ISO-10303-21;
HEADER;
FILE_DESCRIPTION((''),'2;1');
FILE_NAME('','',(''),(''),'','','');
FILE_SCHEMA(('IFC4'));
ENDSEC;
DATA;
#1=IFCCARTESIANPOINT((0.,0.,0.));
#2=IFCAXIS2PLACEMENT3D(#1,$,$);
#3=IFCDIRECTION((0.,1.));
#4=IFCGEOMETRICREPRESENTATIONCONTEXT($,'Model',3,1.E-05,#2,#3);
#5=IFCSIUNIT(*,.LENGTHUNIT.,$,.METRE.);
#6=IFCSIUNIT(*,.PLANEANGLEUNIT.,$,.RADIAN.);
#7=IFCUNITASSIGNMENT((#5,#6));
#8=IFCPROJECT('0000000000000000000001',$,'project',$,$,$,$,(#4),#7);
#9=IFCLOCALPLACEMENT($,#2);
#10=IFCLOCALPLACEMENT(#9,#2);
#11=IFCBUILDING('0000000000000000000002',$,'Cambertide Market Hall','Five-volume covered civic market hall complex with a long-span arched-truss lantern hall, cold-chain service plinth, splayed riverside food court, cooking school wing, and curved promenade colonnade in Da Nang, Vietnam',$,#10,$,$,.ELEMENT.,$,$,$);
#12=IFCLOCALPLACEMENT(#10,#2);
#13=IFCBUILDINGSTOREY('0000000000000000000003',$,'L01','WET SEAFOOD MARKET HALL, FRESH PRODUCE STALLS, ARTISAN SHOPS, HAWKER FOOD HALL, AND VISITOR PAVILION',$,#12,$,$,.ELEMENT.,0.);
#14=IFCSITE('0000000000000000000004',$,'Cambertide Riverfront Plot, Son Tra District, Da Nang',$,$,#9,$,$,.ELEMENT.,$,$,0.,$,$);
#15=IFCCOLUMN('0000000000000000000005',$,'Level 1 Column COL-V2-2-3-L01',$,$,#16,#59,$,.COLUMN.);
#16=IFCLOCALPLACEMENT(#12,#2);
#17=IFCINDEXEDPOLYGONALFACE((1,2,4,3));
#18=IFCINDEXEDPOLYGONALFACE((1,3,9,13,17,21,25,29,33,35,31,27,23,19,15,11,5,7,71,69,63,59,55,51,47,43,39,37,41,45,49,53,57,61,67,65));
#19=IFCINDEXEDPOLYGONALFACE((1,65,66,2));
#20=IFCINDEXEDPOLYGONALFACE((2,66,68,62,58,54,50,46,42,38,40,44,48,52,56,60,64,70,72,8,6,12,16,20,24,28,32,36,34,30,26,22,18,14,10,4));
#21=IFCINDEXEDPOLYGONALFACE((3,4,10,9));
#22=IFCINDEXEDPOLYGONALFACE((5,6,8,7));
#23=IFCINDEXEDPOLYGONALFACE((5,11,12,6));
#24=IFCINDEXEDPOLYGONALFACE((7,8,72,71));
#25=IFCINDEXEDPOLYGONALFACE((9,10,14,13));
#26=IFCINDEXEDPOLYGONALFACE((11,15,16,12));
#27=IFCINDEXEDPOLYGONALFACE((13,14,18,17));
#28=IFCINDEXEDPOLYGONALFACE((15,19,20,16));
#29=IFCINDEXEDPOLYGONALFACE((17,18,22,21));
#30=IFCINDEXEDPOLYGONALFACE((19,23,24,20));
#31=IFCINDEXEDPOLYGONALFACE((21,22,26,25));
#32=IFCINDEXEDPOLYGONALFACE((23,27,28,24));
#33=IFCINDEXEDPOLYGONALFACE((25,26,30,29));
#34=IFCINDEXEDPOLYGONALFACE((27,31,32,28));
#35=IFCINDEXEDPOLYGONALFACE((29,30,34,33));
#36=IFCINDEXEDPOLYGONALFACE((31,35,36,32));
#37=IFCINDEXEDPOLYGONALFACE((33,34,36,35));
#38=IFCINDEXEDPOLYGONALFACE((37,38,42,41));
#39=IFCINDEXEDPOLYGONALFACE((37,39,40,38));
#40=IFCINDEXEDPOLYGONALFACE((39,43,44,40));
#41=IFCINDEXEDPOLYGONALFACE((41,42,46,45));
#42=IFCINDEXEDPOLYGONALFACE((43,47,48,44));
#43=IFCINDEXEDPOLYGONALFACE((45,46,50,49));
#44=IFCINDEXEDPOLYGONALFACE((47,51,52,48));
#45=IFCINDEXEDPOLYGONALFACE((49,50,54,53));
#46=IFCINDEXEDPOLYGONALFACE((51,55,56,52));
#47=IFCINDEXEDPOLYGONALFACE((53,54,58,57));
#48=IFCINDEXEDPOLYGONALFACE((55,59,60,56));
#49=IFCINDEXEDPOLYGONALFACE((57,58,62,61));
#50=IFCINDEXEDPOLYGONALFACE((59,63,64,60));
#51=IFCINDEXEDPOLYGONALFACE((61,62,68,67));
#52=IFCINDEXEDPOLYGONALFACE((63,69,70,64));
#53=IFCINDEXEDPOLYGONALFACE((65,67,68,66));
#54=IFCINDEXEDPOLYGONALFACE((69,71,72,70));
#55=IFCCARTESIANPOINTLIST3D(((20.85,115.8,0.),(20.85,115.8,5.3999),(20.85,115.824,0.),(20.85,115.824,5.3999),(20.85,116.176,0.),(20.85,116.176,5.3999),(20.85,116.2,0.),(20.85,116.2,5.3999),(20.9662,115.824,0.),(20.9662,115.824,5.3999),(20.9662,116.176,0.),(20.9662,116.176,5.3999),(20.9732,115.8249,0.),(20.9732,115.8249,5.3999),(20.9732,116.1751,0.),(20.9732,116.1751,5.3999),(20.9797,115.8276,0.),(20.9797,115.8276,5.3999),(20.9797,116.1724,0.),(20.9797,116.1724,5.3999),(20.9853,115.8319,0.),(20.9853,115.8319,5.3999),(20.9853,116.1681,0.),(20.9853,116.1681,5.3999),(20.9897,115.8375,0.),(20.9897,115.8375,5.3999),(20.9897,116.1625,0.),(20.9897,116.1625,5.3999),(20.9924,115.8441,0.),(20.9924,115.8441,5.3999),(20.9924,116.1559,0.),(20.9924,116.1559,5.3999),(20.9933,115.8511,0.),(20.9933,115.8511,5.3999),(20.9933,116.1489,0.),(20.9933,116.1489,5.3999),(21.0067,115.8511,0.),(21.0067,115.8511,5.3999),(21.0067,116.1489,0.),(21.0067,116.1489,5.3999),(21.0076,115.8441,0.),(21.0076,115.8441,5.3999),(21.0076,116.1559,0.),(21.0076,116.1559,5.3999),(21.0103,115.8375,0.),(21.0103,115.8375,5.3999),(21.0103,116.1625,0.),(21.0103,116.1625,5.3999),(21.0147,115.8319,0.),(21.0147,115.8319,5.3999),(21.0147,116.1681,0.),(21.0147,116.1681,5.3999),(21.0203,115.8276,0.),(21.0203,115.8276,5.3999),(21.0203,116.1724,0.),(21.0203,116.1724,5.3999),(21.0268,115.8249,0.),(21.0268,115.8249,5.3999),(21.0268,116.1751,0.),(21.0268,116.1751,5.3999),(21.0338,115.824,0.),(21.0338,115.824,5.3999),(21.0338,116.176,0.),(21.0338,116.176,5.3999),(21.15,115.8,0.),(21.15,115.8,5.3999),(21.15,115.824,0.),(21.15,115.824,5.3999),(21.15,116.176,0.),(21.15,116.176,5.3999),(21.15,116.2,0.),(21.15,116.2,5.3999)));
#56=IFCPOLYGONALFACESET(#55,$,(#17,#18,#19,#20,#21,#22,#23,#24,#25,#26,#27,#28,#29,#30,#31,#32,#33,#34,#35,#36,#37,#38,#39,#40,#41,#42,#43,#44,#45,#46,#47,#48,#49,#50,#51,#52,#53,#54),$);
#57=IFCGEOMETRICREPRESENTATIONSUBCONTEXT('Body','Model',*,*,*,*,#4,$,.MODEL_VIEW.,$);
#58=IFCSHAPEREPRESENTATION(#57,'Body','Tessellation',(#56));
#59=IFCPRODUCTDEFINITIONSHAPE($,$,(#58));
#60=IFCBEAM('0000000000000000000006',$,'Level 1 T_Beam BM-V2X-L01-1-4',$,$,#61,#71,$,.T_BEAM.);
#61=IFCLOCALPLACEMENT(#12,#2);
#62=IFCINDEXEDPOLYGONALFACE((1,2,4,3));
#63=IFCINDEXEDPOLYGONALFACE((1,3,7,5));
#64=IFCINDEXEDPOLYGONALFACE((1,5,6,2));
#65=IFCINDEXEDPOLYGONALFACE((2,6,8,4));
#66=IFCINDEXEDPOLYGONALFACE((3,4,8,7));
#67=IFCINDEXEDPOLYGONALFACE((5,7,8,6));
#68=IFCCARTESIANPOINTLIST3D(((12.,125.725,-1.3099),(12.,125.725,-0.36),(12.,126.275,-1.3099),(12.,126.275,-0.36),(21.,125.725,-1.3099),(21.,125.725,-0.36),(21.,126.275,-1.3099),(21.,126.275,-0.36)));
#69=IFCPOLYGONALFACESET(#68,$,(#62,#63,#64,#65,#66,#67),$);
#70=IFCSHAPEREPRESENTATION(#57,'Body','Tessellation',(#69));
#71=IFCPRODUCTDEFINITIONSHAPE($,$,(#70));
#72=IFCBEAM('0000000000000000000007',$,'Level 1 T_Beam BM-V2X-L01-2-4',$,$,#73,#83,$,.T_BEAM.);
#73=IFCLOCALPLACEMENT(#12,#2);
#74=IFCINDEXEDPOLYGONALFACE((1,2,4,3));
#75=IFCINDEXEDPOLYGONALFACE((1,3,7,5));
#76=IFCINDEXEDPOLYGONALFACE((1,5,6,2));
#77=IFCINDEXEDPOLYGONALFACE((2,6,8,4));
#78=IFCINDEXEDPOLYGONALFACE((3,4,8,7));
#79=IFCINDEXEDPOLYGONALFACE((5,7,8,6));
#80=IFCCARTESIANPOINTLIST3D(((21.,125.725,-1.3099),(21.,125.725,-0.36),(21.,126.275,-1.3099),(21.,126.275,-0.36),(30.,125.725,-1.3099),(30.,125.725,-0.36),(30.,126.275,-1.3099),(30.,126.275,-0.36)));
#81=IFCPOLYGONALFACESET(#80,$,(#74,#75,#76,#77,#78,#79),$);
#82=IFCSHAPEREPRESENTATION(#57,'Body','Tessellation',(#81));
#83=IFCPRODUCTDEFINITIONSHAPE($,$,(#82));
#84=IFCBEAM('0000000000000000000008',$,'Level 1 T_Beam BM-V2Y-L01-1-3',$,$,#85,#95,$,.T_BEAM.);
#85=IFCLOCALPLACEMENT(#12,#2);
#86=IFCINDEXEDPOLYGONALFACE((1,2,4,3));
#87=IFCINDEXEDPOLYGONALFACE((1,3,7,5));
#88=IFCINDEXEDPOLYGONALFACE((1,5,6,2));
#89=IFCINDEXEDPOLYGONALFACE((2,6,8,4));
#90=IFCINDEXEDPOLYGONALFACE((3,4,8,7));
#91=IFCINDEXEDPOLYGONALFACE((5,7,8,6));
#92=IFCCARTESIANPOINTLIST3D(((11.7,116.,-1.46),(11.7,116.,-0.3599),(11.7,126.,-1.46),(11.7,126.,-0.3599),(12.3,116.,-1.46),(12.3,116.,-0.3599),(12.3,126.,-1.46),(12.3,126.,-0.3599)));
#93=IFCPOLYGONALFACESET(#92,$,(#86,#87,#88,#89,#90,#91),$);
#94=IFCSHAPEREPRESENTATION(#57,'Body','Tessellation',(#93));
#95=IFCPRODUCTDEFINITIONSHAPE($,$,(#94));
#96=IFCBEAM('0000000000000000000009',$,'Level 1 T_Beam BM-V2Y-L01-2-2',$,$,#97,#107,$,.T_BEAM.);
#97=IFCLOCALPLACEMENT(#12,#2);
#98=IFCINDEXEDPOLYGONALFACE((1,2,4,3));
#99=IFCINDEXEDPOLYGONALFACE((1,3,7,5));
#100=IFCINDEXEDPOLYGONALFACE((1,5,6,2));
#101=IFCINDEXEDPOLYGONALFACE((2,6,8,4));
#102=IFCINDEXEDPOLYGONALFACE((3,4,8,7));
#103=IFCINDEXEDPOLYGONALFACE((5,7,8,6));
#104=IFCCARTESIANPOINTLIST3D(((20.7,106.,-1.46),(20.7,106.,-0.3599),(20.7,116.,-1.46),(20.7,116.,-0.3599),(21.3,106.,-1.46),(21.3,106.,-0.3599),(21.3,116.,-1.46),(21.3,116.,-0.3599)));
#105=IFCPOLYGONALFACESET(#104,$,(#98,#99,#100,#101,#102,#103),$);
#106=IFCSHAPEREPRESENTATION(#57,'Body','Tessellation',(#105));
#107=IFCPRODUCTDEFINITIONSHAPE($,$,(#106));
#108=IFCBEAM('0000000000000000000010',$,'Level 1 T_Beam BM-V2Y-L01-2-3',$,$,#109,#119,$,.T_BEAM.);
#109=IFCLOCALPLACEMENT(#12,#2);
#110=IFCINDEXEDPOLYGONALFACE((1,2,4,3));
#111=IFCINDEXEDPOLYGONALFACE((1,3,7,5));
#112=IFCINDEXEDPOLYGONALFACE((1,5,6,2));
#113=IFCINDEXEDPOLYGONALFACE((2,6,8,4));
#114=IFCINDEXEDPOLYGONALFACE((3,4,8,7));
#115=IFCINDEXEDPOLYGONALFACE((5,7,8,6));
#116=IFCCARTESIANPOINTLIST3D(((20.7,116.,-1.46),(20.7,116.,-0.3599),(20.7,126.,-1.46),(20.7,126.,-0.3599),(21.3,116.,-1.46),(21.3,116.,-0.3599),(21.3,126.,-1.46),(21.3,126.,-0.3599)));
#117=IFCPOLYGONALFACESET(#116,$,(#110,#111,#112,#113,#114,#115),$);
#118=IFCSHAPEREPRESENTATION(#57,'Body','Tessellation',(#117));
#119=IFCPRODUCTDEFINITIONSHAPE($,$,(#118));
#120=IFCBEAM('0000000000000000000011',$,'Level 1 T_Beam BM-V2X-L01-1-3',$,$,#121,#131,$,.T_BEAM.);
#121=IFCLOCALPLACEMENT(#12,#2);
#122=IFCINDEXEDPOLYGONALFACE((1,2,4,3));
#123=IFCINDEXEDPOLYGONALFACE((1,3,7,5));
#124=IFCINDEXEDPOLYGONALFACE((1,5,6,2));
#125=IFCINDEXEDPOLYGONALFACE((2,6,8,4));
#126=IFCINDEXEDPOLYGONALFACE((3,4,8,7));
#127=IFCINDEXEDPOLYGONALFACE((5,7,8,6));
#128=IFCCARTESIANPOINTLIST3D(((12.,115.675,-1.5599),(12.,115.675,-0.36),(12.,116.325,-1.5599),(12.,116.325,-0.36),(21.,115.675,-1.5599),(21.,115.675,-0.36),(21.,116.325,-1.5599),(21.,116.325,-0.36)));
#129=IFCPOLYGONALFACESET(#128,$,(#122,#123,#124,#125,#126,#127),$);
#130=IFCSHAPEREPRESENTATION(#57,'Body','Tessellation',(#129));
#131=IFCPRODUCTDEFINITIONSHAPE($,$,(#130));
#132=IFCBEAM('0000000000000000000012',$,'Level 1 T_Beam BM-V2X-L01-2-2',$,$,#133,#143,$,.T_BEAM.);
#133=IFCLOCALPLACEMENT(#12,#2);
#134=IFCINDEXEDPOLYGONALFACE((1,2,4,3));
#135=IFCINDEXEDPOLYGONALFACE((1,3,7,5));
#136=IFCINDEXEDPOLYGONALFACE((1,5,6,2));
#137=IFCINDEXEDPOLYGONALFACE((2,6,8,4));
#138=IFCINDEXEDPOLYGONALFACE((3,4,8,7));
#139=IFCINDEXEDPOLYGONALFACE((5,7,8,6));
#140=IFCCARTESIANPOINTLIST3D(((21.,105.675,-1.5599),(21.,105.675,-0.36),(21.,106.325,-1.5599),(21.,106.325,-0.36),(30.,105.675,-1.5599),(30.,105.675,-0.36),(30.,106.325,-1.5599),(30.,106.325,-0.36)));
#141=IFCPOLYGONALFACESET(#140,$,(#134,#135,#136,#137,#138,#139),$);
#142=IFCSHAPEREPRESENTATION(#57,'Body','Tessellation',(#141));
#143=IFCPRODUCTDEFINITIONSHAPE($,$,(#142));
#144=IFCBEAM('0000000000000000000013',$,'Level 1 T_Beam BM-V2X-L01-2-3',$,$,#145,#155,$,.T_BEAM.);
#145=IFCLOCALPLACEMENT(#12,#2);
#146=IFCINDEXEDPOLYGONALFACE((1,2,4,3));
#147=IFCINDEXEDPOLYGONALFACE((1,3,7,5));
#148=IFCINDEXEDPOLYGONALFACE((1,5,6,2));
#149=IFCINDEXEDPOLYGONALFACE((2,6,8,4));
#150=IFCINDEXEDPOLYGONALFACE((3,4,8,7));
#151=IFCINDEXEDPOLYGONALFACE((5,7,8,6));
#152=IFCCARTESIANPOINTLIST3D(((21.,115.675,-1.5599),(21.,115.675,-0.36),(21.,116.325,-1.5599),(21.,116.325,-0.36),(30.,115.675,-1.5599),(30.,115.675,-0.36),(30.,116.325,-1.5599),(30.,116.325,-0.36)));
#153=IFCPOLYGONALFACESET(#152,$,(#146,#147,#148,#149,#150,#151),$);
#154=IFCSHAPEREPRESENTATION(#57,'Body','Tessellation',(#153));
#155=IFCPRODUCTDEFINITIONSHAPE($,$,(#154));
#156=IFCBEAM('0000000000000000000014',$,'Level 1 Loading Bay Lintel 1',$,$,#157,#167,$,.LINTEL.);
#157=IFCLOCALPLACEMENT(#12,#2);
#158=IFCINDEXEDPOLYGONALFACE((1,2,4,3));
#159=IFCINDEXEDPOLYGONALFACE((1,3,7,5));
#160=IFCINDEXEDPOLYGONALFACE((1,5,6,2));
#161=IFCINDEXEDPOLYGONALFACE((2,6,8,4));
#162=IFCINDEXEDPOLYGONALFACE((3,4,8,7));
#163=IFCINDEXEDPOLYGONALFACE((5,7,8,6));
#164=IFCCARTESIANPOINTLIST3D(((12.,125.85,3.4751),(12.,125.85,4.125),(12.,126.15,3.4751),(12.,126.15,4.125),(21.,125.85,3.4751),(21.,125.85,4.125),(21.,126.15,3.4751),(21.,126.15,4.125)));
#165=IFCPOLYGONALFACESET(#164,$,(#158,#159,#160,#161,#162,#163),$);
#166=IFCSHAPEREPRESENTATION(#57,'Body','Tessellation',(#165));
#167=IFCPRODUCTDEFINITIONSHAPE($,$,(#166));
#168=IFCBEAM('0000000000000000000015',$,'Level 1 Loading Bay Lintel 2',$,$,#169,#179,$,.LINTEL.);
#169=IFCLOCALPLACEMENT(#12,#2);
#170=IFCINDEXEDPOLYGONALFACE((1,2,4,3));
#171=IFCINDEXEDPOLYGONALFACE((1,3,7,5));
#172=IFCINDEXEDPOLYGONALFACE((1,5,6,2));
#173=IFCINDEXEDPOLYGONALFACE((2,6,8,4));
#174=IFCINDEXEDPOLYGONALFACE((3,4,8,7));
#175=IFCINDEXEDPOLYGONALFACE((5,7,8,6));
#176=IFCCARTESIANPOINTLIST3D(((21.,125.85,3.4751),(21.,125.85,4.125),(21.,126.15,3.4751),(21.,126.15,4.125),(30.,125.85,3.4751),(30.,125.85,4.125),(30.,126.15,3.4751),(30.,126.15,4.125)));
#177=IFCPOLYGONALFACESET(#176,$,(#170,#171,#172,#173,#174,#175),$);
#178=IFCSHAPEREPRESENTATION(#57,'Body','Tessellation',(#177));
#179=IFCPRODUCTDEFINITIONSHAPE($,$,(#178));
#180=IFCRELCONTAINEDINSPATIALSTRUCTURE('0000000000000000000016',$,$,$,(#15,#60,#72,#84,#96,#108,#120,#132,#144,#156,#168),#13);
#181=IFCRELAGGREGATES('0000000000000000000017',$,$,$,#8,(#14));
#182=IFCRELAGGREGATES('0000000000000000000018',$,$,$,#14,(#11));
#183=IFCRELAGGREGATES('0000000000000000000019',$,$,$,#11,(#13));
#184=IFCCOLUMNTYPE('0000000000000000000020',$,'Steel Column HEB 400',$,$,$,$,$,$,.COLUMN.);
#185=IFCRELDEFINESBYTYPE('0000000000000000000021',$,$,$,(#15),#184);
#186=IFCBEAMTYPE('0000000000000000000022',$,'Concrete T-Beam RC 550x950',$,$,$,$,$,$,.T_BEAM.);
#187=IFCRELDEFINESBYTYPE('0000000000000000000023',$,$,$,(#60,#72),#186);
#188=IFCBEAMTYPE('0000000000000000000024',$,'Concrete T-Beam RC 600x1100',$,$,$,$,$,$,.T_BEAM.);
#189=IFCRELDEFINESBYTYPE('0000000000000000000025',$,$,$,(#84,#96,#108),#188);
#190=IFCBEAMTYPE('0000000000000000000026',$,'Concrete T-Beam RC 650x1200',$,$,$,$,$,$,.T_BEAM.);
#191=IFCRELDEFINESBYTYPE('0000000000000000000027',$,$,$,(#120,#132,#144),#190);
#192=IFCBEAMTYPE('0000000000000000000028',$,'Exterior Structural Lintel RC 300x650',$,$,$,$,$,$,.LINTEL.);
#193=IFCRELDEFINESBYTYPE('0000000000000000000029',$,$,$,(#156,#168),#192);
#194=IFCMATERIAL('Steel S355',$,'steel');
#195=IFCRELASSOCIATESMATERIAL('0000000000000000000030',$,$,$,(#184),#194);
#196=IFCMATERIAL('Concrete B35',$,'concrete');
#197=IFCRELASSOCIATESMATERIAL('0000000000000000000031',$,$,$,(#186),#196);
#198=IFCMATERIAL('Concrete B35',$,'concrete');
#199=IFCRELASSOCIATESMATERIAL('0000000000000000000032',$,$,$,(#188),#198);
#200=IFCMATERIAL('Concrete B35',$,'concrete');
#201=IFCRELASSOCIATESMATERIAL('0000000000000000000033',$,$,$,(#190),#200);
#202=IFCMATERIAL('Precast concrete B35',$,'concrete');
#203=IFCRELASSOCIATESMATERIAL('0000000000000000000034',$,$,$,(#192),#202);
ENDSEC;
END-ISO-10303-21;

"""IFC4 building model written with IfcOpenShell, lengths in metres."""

from ifc_helpers import new_model, si_unit, direction, frame, origin, origin_2d, place, context, subcontext, project, spatial, rectangle, i_section, extrude, material, material_profile, profile_set, type_object, element, save


model = new_model("IFC4")

# Units and contexts
model_context = context("Model", 3, precision=1e-05, world=origin(), true_north=direction((0.0, 1.0)))
body_context = subcontext(model_context, "Body", "Model", "MODEL_VIEW")
ifc_project = project(units=[si_unit("LENGTHUNIT", "METRE"), si_unit("PLANEANGLEUNIT", "RADIAN")], contexts=[model_context])

# Site, building, storey
site_placement = place(None, origin())
site = spatial("IfcSite", under=ifc_project, at=site_placement, Name="Cambertide Riverfront Plot, Son Tra District, Da Nang", CompositionType="ELEMENT", RefElevation=0.0)
building_placement = place(site_placement, origin())
building = spatial("IfcBuilding", under=site, at=building_placement, Name="Cambertide Market Hall", Description="Five-volume covered civic market hall complex with a long-span arched-truss lantern hall, cold-chain service plinth, splayed riverside food court, cooking school wing, and curved promenade colonnade in Da Nang, Vietnam", CompositionType="ELEMENT")
storey_placement = place(building_placement, origin())
storey = spatial("IfcBuildingStorey", under=building, at=storey_placement, Name="L01", Description="WET SEAFOOD MARKET HALL, FRESH PRODUCE STALLS, ARTISAN SHOPS, HAWKER FOOD HALL, AND VISITOR PAVILION", CompositionType="ELEMENT", Elevation=0.0)

# Column
ifc_material_1 = material(Name="Steel S355", Category="steel")
ifc_material_profile_1 = material_profile(ifc_material_1, i_section(OverallWidth=0.3, OverallDepth=0.3999, WebThickness=0.0134, FlangeThickness=0.0239, FilletRadius=0.0271, at=origin_2d()), Name="HEB 400")
ifc_profile_set_1 = profile_set([ifc_material_profile_1], Name="Steel S355")
column_type_1 = type_object("IfcColumnType", Name="Steel Column HEB 400", PredefinedType="COLUMN", material=ifc_profile_set_1)
for number, where, z_axis, x_axis, name in (
    (1, (21.0, 116.0, 0.0), (0.0, 0.0, 1.0), (1.0, 0.0, 0.0), "Level 1 Column COL-V2-2-3-L01"),
):
    element("IfcColumn", number, at=place(storey_placement, frame(where, z_axis=z_axis, x_axis=x_axis)), inside=storey, type_object=column_type_1, Name=name, PredefinedType="COLUMN", context=body_context, shape_type="SweptSolid", body=[
        extrude(i_section(OverallWidth=0.3, OverallDepth=0.3999, WebThickness=0.0134, FlangeThickness=0.0239, FilletRadius=0.0271, at=origin_2d()), origin(), (0.0, 0.0, 1.0), 5.3999),
    ])

# Beams
ifc_material_2 = material(Name="Concrete B35", Category="concrete")
ifc_material_profile_2 = material_profile(ifc_material_2, rectangle(XDim=0.55, YDim=0.95, at=origin_2d()), Name="RC 550x950")
ifc_profile_set_2 = profile_set([ifc_material_profile_2], Name="Concrete B35")
beam_type_1 = type_object("IfcBeamType", Name="Concrete T-Beam RC 550x950", PredefinedType="T_BEAM", material=ifc_profile_set_2)
for number, where, z_axis, x_axis, name in (
    (2, (12.0, 126.0, -0.835), (1.0, 0.0, 0.0), (0.0, 1.0, 0.0), "Level 1 T_Beam BM-V2X-L01-1-4"),
    (3, (21.0, 126.0, -0.835), (1.0, 0.0, 0.0), (0.0, 1.0, 0.0), "Level 1 T_Beam BM-V2X-L01-2-4"),
):
    element("IfcBeam", number, at=place(storey_placement, frame(where, z_axis=z_axis, x_axis=x_axis)), inside=storey, type_object=beam_type_1, Name=name, PredefinedType="T_BEAM", context=body_context, shape_type="SweptSolid", body=[
        extrude(rectangle(XDim=0.55, YDim=0.95, at=origin_2d()), origin(), (0.0, 0.0, 1.0), 9.0),
    ])
ifc_material_3 = material(Name="Concrete B35", Category="concrete")
ifc_material_profile_3 = material_profile(ifc_material_3, rectangle(XDim=0.6001, YDim=1.1001, at=origin_2d()), Name="RC 600x1100")
ifc_profile_set_3 = profile_set([ifc_material_profile_3], Name="Concrete B35")
beam_type_2 = type_object("IfcBeamType", Name="Concrete T-Beam RC 600x1100", PredefinedType="T_BEAM", material=ifc_profile_set_3)
for number, where, z_axis, x_axis, name in (
    (4, (12.0, 116.0, -0.9099), (0.0, 1.0, 0.0), (-1.0, 0.0, 0.0), "Level 1 T_Beam BM-V2Y-L01-1-3"),
    (5, (21.0, 106.0, -0.9099), (0.0, 1.0, 0.0), (-1.0, 0.0, 0.0), "Level 1 T_Beam BM-V2Y-L01-2-2"),
    (6, (21.0, 116.0, -0.9099), (0.0, 1.0, 0.0), (-1.0, 0.0, 0.0), "Level 1 T_Beam BM-V2Y-L01-2-3"),
):
    element("IfcBeam", number, at=place(storey_placement, frame(where, z_axis=z_axis, x_axis=x_axis)), inside=storey, type_object=beam_type_2, Name=name, PredefinedType="T_BEAM", context=body_context, shape_type="SweptSolid", body=[
        extrude(rectangle(XDim=0.6001, YDim=1.1001, at=origin_2d()), origin(), (0.0, 0.0, 1.0), 10.0),
    ])
ifc_material_4 = material(Name="Concrete B35", Category="concrete")
ifc_material_profile_4 = material_profile(ifc_material_4, rectangle(XDim=0.6499, YDim=1.2, at=origin_2d()), Name="RC 650x1200")
ifc_profile_set_4 = profile_set([ifc_material_profile_4], Name="Concrete B35")
beam_type_3 = type_object("IfcBeamType", Name="Concrete T-Beam RC 650x1200", PredefinedType="T_BEAM", material=ifc_profile_set_4)
for number, where, z_axis, x_axis, name in (
    (7, (12.0, 116.0, -0.96), (1.0, 0.0, 0.0), (0.0, 1.0, 0.0), "Level 1 T_Beam BM-V2X-L01-1-3"),
    (8, (21.0, 106.0, -0.96), (1.0, 0.0, 0.0), (0.0, 1.0, 0.0), "Level 1 T_Beam BM-V2X-L01-2-2"),
    (9, (21.0, 116.0, -0.96), (1.0, 0.0, 0.0), (0.0, 1.0, 0.0), "Level 1 T_Beam BM-V2X-L01-2-3"),
):
    element("IfcBeam", number, at=place(storey_placement, frame(where, z_axis=z_axis, x_axis=x_axis)), inside=storey, type_object=beam_type_3, Name=name, PredefinedType="T_BEAM", context=body_context, shape_type="SweptSolid", body=[
        extrude(rectangle(XDim=0.6499, YDim=1.2, at=origin_2d()), origin(), (0.0, 0.0, 1.0), 9.0),
    ])
ifc_material_5 = material(Name="Precast concrete B35", Category="concrete")
ifc_material_profile_5 = material_profile(ifc_material_5, rectangle(XDim=0.3, YDim=0.6499, at=origin_2d()), Name="RC 300x650")
ifc_profile_set_5 = profile_set([ifc_material_profile_5], Name="Precast concrete B35")
beam_type_4 = type_object("IfcBeamType", Name="Exterior Structural Lintel RC 300x650", PredefinedType="LINTEL", material=ifc_profile_set_5)
for number, where, z_axis, x_axis, name in (
    (10, (12.0, 126.0, 3.8), (1.0, 0.0, 0.0), (0.0, 1.0, 0.0), "Level 1 Loading Bay Lintel 1"),
    (11, (21.0, 126.0, 3.8), (1.0, 0.0, 0.0), (0.0, 1.0, 0.0), "Level 1 Loading Bay Lintel 2"),
):
    element("IfcBeam", number, at=place(storey_placement, frame(where, z_axis=z_axis, x_axis=x_axis)), inside=storey, type_object=beam_type_4, Name=name, PredefinedType="LINTEL", context=body_context, shape_type="SweptSolid", body=[
        extrude(rectangle(XDim=0.3, YDim=0.6499, at=origin_2d()), origin(), (0.0, 0.0, 1.0), 9.0),
    ])

save(model, "model.ifc")
